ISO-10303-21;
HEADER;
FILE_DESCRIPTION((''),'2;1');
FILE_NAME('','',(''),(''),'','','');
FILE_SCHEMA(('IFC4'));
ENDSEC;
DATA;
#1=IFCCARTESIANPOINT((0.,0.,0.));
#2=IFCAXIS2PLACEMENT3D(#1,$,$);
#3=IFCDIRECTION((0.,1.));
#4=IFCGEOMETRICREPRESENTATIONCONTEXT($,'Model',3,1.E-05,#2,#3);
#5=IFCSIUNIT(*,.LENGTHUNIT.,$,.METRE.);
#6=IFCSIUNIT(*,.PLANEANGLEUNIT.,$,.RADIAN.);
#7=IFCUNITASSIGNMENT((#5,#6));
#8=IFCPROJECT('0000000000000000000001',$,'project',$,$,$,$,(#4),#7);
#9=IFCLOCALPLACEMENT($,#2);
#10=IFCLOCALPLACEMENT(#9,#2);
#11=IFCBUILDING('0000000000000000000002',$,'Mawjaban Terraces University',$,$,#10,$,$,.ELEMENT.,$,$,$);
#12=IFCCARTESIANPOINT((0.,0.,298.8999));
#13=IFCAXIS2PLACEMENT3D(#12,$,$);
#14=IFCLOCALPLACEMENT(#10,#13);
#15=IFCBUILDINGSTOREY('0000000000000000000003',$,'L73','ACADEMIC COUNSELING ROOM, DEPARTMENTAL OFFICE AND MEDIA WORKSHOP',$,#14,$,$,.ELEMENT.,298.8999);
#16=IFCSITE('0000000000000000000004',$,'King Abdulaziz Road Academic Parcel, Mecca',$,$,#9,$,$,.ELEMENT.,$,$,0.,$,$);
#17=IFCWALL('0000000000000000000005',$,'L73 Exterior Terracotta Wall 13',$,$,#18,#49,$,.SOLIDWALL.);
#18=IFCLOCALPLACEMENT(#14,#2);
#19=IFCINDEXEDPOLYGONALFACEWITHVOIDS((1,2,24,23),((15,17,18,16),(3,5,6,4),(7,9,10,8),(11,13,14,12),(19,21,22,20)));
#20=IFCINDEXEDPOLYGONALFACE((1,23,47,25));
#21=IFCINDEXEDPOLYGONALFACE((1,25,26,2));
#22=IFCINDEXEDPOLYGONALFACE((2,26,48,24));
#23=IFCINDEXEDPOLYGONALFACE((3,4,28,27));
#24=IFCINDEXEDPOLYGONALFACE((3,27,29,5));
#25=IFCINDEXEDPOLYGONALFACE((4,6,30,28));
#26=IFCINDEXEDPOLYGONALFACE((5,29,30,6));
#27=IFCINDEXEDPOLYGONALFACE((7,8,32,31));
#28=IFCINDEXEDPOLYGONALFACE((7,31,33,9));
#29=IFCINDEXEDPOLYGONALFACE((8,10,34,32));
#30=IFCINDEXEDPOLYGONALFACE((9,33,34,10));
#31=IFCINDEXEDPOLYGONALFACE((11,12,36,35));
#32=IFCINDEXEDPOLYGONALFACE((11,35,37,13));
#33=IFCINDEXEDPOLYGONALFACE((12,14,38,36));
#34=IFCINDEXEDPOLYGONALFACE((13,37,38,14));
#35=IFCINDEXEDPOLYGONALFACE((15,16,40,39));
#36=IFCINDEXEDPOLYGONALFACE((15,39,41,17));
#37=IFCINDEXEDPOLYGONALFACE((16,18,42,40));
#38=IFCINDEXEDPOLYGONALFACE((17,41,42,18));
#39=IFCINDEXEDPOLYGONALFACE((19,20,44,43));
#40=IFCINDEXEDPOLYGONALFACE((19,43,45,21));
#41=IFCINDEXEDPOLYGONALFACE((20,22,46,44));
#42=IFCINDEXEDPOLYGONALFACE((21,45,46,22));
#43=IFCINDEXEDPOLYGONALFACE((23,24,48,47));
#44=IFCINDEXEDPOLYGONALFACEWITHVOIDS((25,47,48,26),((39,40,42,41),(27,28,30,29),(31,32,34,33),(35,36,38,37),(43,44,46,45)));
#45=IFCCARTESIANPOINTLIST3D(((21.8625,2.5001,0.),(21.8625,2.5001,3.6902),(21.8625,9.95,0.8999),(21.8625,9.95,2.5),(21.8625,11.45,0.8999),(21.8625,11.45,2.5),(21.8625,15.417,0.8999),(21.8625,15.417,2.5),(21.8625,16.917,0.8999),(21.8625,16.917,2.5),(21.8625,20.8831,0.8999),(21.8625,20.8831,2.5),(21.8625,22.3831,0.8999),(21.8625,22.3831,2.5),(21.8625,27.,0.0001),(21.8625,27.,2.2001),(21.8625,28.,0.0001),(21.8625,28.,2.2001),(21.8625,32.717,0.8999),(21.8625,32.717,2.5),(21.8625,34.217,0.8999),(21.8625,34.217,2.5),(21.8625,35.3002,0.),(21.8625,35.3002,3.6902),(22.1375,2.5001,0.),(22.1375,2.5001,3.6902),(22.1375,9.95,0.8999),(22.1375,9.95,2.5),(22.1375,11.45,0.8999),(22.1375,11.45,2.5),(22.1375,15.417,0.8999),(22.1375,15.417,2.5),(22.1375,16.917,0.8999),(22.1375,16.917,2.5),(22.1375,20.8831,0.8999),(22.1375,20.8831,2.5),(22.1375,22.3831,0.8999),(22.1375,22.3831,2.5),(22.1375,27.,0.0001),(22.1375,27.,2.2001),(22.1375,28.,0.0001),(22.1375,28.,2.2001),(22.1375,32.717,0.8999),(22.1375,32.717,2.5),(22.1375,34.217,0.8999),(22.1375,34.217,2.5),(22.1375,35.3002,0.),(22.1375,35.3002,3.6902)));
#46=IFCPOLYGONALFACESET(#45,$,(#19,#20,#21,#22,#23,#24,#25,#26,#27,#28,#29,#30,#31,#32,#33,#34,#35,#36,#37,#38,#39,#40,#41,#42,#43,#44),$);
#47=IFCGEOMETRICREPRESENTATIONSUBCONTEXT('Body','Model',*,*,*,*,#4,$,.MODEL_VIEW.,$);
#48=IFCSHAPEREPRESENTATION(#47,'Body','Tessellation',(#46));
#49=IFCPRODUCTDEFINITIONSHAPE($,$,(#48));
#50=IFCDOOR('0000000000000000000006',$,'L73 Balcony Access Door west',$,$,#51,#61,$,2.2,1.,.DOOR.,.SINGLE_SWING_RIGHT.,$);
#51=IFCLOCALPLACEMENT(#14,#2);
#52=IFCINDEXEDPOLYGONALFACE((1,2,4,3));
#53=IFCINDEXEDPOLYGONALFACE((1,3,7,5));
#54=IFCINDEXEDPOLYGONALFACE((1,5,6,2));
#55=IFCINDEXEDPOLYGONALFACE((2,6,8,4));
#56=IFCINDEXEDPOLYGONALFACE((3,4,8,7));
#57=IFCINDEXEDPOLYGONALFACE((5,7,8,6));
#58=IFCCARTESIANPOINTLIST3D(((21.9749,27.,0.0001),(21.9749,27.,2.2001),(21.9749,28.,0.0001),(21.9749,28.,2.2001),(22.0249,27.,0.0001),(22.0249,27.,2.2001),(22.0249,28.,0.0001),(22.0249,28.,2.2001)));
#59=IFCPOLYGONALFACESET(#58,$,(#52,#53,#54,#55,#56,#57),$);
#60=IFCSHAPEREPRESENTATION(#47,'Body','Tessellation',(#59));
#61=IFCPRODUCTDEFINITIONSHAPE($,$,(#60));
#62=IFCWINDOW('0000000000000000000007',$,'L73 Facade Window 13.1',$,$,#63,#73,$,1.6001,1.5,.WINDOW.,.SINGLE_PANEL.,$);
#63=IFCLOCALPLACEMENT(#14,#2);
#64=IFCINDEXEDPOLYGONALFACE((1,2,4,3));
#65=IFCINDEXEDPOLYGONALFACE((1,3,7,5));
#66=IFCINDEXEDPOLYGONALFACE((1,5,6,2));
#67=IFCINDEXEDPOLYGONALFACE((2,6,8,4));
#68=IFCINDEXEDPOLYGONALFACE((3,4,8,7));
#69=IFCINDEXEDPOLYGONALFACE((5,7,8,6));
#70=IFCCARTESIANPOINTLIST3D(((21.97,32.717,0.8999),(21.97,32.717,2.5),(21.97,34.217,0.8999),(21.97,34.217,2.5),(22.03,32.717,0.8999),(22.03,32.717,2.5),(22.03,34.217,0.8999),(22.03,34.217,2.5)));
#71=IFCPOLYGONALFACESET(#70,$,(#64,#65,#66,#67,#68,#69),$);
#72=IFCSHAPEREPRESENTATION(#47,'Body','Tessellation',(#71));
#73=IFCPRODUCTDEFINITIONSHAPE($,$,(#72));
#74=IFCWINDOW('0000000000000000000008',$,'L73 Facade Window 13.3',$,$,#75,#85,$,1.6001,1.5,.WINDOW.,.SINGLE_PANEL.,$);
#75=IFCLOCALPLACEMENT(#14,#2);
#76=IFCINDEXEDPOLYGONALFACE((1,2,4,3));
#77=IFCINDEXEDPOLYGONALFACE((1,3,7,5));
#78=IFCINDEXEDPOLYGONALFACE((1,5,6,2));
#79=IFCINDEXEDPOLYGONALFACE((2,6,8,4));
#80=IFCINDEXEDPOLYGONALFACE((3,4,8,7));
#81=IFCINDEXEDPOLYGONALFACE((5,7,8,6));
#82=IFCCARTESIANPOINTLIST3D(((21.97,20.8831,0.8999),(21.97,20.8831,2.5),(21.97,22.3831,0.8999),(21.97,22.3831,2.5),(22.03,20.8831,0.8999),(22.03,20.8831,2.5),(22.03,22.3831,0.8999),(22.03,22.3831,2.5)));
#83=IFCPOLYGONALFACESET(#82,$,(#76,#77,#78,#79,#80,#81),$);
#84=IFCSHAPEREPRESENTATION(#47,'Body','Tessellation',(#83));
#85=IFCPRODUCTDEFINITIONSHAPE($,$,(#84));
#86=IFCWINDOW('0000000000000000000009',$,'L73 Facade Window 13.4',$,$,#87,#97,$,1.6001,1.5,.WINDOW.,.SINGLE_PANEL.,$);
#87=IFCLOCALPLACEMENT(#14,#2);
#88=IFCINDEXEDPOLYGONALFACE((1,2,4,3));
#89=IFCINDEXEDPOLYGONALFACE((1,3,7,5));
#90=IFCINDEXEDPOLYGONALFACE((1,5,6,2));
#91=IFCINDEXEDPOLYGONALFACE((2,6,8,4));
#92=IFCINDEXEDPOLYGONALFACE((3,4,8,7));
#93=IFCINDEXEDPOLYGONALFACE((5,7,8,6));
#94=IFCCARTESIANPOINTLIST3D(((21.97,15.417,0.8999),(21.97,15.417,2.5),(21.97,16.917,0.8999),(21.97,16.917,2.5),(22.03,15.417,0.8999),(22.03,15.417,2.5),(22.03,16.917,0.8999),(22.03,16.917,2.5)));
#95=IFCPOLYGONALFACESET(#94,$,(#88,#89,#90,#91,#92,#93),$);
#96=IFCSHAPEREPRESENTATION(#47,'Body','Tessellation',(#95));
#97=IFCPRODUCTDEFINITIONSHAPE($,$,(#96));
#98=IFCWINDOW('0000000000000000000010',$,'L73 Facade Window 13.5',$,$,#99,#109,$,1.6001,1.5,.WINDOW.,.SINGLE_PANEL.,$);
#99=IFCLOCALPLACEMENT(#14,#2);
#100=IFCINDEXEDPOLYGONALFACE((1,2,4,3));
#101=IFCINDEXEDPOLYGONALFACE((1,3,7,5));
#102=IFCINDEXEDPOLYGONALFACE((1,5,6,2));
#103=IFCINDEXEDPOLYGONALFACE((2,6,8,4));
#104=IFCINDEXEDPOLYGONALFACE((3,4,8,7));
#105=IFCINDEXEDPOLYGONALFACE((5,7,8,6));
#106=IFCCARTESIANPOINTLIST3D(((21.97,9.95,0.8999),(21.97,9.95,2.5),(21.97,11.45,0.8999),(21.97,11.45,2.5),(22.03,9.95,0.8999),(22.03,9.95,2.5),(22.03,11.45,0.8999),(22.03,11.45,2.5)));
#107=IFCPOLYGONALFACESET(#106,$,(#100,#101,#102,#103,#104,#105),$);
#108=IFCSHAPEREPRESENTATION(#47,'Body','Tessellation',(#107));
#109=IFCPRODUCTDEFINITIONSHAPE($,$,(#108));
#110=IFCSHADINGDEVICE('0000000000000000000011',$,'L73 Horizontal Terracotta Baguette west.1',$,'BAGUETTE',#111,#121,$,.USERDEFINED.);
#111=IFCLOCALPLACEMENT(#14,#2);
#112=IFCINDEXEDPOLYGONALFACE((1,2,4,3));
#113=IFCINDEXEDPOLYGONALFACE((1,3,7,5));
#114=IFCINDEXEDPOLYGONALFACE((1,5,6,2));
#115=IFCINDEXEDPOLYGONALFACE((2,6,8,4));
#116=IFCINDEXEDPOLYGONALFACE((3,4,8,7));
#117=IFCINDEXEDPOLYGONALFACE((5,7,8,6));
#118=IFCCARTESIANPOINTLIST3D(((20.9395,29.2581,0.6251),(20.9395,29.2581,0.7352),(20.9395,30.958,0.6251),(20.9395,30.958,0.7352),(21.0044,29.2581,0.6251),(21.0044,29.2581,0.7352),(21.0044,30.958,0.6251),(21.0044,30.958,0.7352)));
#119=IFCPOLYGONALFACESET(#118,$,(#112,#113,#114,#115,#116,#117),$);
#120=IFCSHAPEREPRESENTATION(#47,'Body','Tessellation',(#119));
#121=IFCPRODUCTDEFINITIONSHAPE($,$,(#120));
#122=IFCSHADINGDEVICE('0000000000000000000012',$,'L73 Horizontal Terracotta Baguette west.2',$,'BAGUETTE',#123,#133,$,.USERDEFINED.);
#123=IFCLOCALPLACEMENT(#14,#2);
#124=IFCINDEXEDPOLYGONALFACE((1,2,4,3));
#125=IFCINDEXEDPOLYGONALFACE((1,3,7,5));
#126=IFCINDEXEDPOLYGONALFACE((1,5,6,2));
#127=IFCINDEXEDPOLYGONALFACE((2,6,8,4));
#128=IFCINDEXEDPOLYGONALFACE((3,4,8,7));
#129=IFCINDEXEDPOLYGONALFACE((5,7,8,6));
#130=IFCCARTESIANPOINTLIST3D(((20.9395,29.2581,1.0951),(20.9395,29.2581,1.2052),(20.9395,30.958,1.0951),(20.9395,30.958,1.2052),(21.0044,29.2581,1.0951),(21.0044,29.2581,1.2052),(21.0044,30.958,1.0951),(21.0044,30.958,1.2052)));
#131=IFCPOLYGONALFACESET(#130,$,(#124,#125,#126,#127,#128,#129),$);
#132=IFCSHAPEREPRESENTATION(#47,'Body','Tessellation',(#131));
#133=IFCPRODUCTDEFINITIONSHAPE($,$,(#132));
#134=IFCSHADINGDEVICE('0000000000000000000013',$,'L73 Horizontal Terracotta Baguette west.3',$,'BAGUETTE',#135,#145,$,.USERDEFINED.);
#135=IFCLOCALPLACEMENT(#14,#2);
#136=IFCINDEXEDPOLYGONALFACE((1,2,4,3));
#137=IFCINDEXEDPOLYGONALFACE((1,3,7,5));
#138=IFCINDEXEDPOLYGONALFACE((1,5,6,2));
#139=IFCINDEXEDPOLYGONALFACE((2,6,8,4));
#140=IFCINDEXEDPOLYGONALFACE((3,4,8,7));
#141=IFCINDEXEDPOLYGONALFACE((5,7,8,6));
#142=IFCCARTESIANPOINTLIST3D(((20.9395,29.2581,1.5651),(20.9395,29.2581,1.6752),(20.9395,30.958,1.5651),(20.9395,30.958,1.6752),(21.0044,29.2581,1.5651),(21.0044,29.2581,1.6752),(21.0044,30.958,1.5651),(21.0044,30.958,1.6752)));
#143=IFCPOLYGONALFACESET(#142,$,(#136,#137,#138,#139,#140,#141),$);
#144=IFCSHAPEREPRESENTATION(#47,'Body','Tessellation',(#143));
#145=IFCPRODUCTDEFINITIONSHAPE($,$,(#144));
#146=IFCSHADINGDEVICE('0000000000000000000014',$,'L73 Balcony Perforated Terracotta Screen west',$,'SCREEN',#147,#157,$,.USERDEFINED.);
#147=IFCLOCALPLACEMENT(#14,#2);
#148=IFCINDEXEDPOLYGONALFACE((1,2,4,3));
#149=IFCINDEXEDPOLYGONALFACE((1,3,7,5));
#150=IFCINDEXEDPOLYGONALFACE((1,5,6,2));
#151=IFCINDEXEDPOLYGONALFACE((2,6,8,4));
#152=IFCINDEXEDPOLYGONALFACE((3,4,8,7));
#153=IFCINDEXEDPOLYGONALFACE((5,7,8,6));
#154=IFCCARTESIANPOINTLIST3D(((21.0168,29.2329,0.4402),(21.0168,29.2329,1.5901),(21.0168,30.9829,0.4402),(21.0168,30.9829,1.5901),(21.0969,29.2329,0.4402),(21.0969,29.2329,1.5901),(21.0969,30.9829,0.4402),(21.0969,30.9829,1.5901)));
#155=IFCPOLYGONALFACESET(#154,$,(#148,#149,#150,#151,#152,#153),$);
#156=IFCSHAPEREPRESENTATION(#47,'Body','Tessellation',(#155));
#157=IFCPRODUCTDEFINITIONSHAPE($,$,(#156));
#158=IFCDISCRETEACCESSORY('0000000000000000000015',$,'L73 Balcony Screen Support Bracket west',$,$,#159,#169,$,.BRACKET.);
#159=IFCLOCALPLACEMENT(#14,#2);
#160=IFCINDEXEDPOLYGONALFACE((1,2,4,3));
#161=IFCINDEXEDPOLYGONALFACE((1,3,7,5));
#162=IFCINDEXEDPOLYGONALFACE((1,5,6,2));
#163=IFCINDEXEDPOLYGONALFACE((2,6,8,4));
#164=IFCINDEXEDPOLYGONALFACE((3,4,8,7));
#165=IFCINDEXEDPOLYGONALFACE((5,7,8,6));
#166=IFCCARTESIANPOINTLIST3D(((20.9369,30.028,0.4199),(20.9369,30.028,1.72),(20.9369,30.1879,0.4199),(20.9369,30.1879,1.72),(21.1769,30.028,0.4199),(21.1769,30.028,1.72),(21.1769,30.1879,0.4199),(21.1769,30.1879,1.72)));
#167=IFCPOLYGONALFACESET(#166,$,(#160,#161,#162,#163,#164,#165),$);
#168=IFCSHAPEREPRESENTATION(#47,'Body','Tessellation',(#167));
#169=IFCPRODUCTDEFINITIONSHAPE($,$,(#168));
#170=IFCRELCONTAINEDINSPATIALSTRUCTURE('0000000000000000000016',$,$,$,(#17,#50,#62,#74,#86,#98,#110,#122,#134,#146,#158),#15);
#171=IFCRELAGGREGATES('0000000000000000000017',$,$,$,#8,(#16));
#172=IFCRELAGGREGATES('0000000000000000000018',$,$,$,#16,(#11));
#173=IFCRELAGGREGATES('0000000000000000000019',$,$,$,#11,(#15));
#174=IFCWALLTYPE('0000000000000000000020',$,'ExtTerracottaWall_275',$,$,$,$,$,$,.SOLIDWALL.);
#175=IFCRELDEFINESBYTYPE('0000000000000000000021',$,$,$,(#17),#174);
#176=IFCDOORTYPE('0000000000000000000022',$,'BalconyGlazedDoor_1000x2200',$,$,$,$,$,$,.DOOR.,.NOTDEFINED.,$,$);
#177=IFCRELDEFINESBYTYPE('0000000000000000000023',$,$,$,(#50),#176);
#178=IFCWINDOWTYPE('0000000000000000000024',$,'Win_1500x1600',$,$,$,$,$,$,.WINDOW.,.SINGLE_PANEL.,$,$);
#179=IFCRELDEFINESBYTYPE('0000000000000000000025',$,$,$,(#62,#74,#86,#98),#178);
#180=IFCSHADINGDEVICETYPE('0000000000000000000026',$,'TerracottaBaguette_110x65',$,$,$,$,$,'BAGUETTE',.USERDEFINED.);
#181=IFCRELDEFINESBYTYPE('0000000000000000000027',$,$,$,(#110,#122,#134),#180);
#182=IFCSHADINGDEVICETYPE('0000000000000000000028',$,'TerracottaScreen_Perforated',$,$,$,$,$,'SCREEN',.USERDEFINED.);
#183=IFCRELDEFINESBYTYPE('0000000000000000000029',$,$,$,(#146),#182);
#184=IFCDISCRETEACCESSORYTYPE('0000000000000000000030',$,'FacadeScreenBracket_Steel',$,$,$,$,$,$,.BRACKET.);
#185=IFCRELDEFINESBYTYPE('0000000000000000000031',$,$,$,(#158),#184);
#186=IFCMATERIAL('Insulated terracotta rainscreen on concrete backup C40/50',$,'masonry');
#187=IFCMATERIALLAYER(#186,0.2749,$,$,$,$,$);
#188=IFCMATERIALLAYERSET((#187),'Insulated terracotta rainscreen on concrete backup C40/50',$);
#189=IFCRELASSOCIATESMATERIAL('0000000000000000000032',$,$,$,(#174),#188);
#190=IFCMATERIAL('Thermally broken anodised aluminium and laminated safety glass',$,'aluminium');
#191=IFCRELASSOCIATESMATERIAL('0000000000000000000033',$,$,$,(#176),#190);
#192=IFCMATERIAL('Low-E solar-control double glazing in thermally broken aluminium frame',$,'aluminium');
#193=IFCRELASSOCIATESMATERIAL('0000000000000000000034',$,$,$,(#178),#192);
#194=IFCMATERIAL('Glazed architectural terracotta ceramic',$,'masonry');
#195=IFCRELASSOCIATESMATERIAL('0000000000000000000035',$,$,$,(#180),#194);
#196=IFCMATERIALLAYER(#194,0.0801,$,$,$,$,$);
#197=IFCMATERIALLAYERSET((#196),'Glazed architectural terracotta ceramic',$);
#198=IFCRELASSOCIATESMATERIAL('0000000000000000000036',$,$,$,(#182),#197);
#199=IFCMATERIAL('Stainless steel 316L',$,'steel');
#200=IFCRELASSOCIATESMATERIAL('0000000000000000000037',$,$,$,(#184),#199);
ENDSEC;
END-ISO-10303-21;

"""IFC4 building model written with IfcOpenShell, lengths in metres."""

from ifc_helpers import new_model, si_unit, direction, frame, frame_2d, origin, origin_2d, place, context, subcontext, project, spatial, rectangle, extrude, material, layer, layer_set, material_profile, profile_set, type_object, element, fill, save


model = new_model("IFC4")

# Units and contexts
model_context = context("Model", 3, precision=1e-05, world=origin(), true_north=direction((0.0, 1.0)))
body_context = subcontext(model_context, "Body", "Model", "MODEL_VIEW")
ifc_project = project(units=[si_unit("LENGTHUNIT", "METRE"), si_unit("PLANEANGLEUNIT", "RADIAN")], contexts=[model_context])

# Site, building, storey
site_placement = place(None, origin())
site = spatial("IfcSite", under=ifc_project, at=site_placement, Name="King Abdulaziz Road Academic Parcel, Mecca", CompositionType="ELEMENT", RefElevation=0.0)
building_placement = place(site_placement, origin())
building = spatial("IfcBuilding", under=site, at=building_placement, Name="Mawjaban Terraces University", CompositionType="ELEMENT")
storey_placement = place(building_placement, frame((0.0, 0.0, 298.8999)))
storey = spatial("IfcBuildingStorey", under=building, at=storey_placement, Name="L73", Description="ACADEMIC COUNSELING ROOM, DEPARTMENTAL OFFICE AND MEDIA WORKSHOP", CompositionType="ELEMENT", Elevation=298.8999)

# Shared definitions
ifc_material_1 = material(Name="Insulated terracotta rainscreen on concrete backup C40/50", Category="masonry")
ifc_layer_1 = layer(ifc_material_1, 0.2749)
ifc_layer_set_1 = layer_set([ifc_layer_1], Name="Insulated terracotta rainscreen on concrete backup C40/50")
wall_type_1 = type_object("IfcWallType", Name="ExtTerracottaWall_275", PredefinedType="SOLIDWALL", material=ifc_layer_set_1)

# Wall, openings, door, windows
wall_1_placement = place(storey_placement, frame((22.0, 35.3, 0.0), z_axis=(0.0, 0.0, 1.0), x_axis=(0.0, -1.0, 0.0)))
wall_1 = element("IfcWall", 1, at=wall_1_placement, inside=storey, type_object=wall_type_1, Name="L73 Exterior Terracotta Wall 13", PredefinedType="SOLIDWALL", context=body_context, shape_type="SweptSolid", body=[
    extrude(rectangle(XDim=32.8, YDim=0.2749, at=frame_2d((16.3999, 0.0))), origin(), (0.0, 0.0, 1.0), 3.6902),
])
opening_1_placement = place(wall_1_placement, frame((7.3, 0.0, 0.0)))
opening_1 = element("IfcOpeningElement", 2, at=opening_1_placement, cuts=wall_1, PredefinedType="OPENING", context=body_context, shape_type="SweptSolid", body=[
    extrude(rectangle(XDim=1.0, YDim=2.2, at=frame_2d((0.5, 1.1001))), frame((0.0, 0.1475, 0.0), z_axis=(0.0, -1.0, 0.0), x_axis=(1.0, 0.0, 0.0)), (0.0, 0.0, 1.0), 0.2949),
])
opening_2_placement = place(wall_1_placement, frame((1.083, 0.0, 0.8999)))
opening_2 = element("IfcOpeningElement", 3, at=opening_2_placement, cuts=wall_1, PredefinedType="OPENING", context=body_context, shape_type="SweptSolid", body=[
    extrude(rectangle(XDim=1.5, YDim=1.6001, at=frame_2d((0.75, 0.8))), frame((0.0, 0.1475, 0.0), z_axis=(0.0, -1.0, 0.0), x_axis=(1.0, 0.0, 0.0)), (0.0, 0.0, 1.0), 0.2949),
])
opening_3_placement = place(wall_1_placement, frame((12.917, 0.0, 0.8999)))
opening_3 = element("IfcOpeningElement", 4, at=opening_3_placement, cuts=wall_1, PredefinedType="OPENING", context=body_context, shape_type="SweptSolid", body=[
    extrude(rectangle(XDim=1.5, YDim=1.6001, at=frame_2d((0.75, 0.8))), frame((0.0, 0.1475, 0.0), z_axis=(0.0, -1.0, 0.0), x_axis=(1.0, 0.0, 0.0)), (0.0, 0.0, 1.0), 0.2949),
])
opening_4_placement = place(wall_1_placement, frame((18.3831, 0.0, 0.8999)))
opening_4 = element("IfcOpeningElement", 5, at=opening_4_placement, cuts=wall_1, PredefinedType="OPENING", context=body_context, shape_type="SweptSolid", body=[
    extrude(rectangle(XDim=1.5, YDim=1.6001, at=frame_2d((0.75, 0.8))), frame((0.0, 0.1475, 0.0), z_axis=(0.0, -1.0, 0.0), x_axis=(1.0, 0.0, 0.0)), (0.0, 0.0, 1.0), 0.2949),
])
opening_5_placement = place(wall_1_placement, frame((23.8501, 0.0, 0.8999)))
opening_5 = element("IfcOpeningElement", 6, at=opening_5_placement, cuts=wall_1, PredefinedType="OPENING", context=body_context, shape_type="SweptSolid", body=[
    extrude(rectangle(XDim=1.5, YDim=1.6001, at=frame_2d((0.75, 0.8))), frame((0.0, 0.1475, 0.0), z_axis=(0.0, -1.0, 0.0), x_axis=(1.0, 0.0, 0.0)), (0.0, 0.0, 1.0), 0.2949),
])
ifc_material_2 = material(Name="Thermally broken anodised aluminium and laminated safety glass", Category="aluminium")
door_type_1 = type_object("IfcDoorType", Name="BalconyGlazedDoor_1000x2200", OperationType="NOTDEFINED", PredefinedType="DOOR", material=ifc_material_2)
door_1_placement = place(opening_1_placement, origin())
door_1 = element("IfcDoor", 7, at=door_1_placement, inside=storey, type_object=door_type_1, Name="L73 Balcony Access Door west", OperationType="SINGLE_SWING_RIGHT", OverallHeight=2.2, OverallWidth=1.0, PredefinedType="DOOR", context=body_context, shape_type="SweptSolid", body=[
    extrude(rectangle(XDim=1.0, YDim=2.2, at=frame_2d((0.5, 1.1001))), frame((0.0, 0.0249, 0.0), z_axis=(0.0, -1.0, 0.0), x_axis=(1.0, 0.0, 0.0)), (0.0, 0.0, 1.0), 0.05),
])
fill(opening_1, door_1)
ifc_material_3 = material(Name="Low-E solar-control double glazing in thermally broken aluminium frame", Category="aluminium")
window_type = type_object("IfcWindowType", Name="Win_1500x1600", PartitioningType="SINGLE_PANEL", PredefinedType="WINDOW", material=ifc_material_3)
window_1_placement = place(opening_2_placement, origin())
window_1 = element("IfcWindow", 8, at=window_1_placement, inside=storey, type_object=window_type, Name="L73 Facade Window 13.1", OverallHeight=1.6001, OverallWidth=1.5, PartitioningType="SINGLE_PANEL", PredefinedType="WINDOW", context=body_context, shape_type="SweptSolid", body=[
    extrude(rectangle(XDim=1.5, YDim=1.6001, at=frame_2d((0.75, 0.8))), frame((0.0, 0.03, 0.0), z_axis=(0.0, -1.0, 0.0), x_axis=(1.0, 0.0, 0.0)), (0.0, 0.0, 1.0), 0.0601),
])
fill(opening_2, window_1)
window_2_placement = place(opening_3_placement, origin())
window_2 = element("IfcWindow", 9, at=window_2_placement, inside=storey, type_object=window_type, Name="L73 Facade Window 13.3", OverallHeight=1.6001, OverallWidth=1.5, PartitioningType="SINGLE_PANEL", PredefinedType="WINDOW", context=body_context, shape_type="SweptSolid", body=[
    extrude(rectangle(XDim=1.5, YDim=1.6001, at=frame_2d((0.75, 0.8))), frame((0.0, 0.03, 0.0), z_axis=(0.0, -1.0, 0.0), x_axis=(1.0, 0.0, 0.0)), (0.0, 0.0, 1.0), 0.0601),
])
fill(opening_3, window_2)
window_3_placement = place(opening_4_placement, origin())
window_3 = element("IfcWindow", 10, at=window_3_placement, inside=storey, type_object=window_type, Name="L73 Facade Window 13.4", OverallHeight=1.6001, OverallWidth=1.5, PartitioningType="SINGLE_PANEL", PredefinedType="WINDOW", context=body_context, shape_type="SweptSolid", body=[
    extrude(rectangle(XDim=1.5, YDim=1.6001, at=frame_2d((0.75, 0.8))), frame((0.0, 0.03, 0.0), z_axis=(0.0, -1.0, 0.0), x_axis=(1.0, 0.0, 0.0)), (0.0, 0.0, 1.0), 0.0601),
])
fill(opening_4, window_3)
window_4_placement = place(opening_5_placement, origin())
window_4 = element("IfcWindow", 11, at=window_4_placement, inside=storey, type_object=window_type, Name="L73 Facade Window 13.5", OverallHeight=1.6001, OverallWidth=1.5, PartitioningType="SINGLE_PANEL", PredefinedType="WINDOW", context=body_context, shape_type="SweptSolid", body=[
    extrude(rectangle(XDim=1.5, YDim=1.6001, at=frame_2d((0.75, 0.8))), frame((0.0, 0.03, 0.0), z_axis=(0.0, -1.0, 0.0), x_axis=(1.0, 0.0, 0.0)), (0.0, 0.0, 1.0), 0.0601),
])
fill(opening_5, window_4)

# Shading devices
ifc_material_4 = material(Name="Glazed architectural terracotta ceramic", Category="masonry")
ifc_material_profile_1 = material_profile(ifc_material_4, rectangle(XDim=0.0649, YDim=0.1101, at=origin_2d()), Name="TBAG110X65")
ifc_profile_set_1 = profile_set([ifc_material_profile_1], Name="Glazed architectural terracotta ceramic")
shading_device_type_1 = type_object("IfcShadingDeviceType", Name="TerracottaBaguette_110x65", ElementType="BAGUETTE", PredefinedType="USERDEFINED", material=ifc_profile_set_1)
for number, where, z_axis, x_axis, name in (
    (12, (20.9719, 29.2581, 0.6802), (0.0, 1.0, 0.0), (-1.0, 0.0, 0.0), "L73 Horizontal Terracotta Baguette west.1"),
    (13, (20.9719, 29.2581, 1.1501), (0.0, 1.0, 0.0), (-1.0, 0.0, 0.0), "L73 Horizontal Terracotta Baguette west.2"),
    (14, (20.9719, 29.2581, 1.6201), (0.0, 1.0, 0.0), (-1.0, 0.0, 0.0), "L73 Horizontal Terracotta Baguette west.3"),
):
    element("IfcShadingDevice", number, at=place(storey_placement, frame(where, z_axis=z_axis, x_axis=x_axis)), inside=storey, type_object=shading_device_type_1, Name=name, ObjectType="BAGUETTE", PredefinedType="USERDEFINED", context=body_context, shape_type="SweptSolid", body=[
        extrude(rectangle(XDim=0.0649, YDim=0.1101, at=origin_2d()), origin(), (0.0, 0.0, 1.0), 1.7),
    ])
ifc_layer_2 = layer(ifc_material_4, 0.0801)
ifc_layer_set_2 = layer_set([ifc_layer_2], Name="Glazed architectural terracotta ceramic")
shading_device_type_2 = type_object("IfcShadingDeviceType", Name="TerracottaScreen_Perforated", ElementType="SCREEN", PredefinedType="USERDEFINED", material=ifc_layer_set_2)
shading_device_placement = place(storey_placement, frame((21.0569, 30.1079, 0.4402), z_axis=(0.0, 0.0, 1.0), x_axis=(0.0, 1.0, 0.0)))
element("IfcShadingDevice", 15, at=shading_device_placement, inside=storey, type_object=shading_device_type_2, Name="L73 Balcony Perforated Terracotta Screen west", ObjectType="SCREEN", PredefinedType="USERDEFINED", context=body_context, shape_type="SweptSolid", body=[
    extrude(rectangle(XDim=1.75, YDim=0.0801, at=origin_2d()), origin(), (0.0, 0.0, 1.0), 1.1499),
])

# Discrete accessory
ifc_material_5 = material(Name="Stainless steel 316L", Category="steel")
discrete_accessory_type_1 = type_object("IfcDiscreteAccessoryType", Name="FacadeScreenBracket_Steel", PredefinedType="BRACKET", material=ifc_material_5)
discrete_accessory_1_placement = place(storey_placement, frame((21.0569, 30.1079, 0.4199), z_axis=(0.0, 0.0, 1.0), x_axis=(0.0, 1.0, 0.0)))
element("IfcDiscreteAccessory", 16, at=discrete_accessory_1_placement, inside=storey, type_object=discrete_accessory_type_1, Name="L73 Balcony Screen Support Bracket west", PredefinedType="BRACKET", context=body_context, shape_type="SweptSolid", body=[
    extrude(rectangle(XDim=0.1599, YDim=0.24, at=origin_2d()), origin(), (0.0, 0.0, 1.0), 1.3),
])

save(model, "model.ifc")
